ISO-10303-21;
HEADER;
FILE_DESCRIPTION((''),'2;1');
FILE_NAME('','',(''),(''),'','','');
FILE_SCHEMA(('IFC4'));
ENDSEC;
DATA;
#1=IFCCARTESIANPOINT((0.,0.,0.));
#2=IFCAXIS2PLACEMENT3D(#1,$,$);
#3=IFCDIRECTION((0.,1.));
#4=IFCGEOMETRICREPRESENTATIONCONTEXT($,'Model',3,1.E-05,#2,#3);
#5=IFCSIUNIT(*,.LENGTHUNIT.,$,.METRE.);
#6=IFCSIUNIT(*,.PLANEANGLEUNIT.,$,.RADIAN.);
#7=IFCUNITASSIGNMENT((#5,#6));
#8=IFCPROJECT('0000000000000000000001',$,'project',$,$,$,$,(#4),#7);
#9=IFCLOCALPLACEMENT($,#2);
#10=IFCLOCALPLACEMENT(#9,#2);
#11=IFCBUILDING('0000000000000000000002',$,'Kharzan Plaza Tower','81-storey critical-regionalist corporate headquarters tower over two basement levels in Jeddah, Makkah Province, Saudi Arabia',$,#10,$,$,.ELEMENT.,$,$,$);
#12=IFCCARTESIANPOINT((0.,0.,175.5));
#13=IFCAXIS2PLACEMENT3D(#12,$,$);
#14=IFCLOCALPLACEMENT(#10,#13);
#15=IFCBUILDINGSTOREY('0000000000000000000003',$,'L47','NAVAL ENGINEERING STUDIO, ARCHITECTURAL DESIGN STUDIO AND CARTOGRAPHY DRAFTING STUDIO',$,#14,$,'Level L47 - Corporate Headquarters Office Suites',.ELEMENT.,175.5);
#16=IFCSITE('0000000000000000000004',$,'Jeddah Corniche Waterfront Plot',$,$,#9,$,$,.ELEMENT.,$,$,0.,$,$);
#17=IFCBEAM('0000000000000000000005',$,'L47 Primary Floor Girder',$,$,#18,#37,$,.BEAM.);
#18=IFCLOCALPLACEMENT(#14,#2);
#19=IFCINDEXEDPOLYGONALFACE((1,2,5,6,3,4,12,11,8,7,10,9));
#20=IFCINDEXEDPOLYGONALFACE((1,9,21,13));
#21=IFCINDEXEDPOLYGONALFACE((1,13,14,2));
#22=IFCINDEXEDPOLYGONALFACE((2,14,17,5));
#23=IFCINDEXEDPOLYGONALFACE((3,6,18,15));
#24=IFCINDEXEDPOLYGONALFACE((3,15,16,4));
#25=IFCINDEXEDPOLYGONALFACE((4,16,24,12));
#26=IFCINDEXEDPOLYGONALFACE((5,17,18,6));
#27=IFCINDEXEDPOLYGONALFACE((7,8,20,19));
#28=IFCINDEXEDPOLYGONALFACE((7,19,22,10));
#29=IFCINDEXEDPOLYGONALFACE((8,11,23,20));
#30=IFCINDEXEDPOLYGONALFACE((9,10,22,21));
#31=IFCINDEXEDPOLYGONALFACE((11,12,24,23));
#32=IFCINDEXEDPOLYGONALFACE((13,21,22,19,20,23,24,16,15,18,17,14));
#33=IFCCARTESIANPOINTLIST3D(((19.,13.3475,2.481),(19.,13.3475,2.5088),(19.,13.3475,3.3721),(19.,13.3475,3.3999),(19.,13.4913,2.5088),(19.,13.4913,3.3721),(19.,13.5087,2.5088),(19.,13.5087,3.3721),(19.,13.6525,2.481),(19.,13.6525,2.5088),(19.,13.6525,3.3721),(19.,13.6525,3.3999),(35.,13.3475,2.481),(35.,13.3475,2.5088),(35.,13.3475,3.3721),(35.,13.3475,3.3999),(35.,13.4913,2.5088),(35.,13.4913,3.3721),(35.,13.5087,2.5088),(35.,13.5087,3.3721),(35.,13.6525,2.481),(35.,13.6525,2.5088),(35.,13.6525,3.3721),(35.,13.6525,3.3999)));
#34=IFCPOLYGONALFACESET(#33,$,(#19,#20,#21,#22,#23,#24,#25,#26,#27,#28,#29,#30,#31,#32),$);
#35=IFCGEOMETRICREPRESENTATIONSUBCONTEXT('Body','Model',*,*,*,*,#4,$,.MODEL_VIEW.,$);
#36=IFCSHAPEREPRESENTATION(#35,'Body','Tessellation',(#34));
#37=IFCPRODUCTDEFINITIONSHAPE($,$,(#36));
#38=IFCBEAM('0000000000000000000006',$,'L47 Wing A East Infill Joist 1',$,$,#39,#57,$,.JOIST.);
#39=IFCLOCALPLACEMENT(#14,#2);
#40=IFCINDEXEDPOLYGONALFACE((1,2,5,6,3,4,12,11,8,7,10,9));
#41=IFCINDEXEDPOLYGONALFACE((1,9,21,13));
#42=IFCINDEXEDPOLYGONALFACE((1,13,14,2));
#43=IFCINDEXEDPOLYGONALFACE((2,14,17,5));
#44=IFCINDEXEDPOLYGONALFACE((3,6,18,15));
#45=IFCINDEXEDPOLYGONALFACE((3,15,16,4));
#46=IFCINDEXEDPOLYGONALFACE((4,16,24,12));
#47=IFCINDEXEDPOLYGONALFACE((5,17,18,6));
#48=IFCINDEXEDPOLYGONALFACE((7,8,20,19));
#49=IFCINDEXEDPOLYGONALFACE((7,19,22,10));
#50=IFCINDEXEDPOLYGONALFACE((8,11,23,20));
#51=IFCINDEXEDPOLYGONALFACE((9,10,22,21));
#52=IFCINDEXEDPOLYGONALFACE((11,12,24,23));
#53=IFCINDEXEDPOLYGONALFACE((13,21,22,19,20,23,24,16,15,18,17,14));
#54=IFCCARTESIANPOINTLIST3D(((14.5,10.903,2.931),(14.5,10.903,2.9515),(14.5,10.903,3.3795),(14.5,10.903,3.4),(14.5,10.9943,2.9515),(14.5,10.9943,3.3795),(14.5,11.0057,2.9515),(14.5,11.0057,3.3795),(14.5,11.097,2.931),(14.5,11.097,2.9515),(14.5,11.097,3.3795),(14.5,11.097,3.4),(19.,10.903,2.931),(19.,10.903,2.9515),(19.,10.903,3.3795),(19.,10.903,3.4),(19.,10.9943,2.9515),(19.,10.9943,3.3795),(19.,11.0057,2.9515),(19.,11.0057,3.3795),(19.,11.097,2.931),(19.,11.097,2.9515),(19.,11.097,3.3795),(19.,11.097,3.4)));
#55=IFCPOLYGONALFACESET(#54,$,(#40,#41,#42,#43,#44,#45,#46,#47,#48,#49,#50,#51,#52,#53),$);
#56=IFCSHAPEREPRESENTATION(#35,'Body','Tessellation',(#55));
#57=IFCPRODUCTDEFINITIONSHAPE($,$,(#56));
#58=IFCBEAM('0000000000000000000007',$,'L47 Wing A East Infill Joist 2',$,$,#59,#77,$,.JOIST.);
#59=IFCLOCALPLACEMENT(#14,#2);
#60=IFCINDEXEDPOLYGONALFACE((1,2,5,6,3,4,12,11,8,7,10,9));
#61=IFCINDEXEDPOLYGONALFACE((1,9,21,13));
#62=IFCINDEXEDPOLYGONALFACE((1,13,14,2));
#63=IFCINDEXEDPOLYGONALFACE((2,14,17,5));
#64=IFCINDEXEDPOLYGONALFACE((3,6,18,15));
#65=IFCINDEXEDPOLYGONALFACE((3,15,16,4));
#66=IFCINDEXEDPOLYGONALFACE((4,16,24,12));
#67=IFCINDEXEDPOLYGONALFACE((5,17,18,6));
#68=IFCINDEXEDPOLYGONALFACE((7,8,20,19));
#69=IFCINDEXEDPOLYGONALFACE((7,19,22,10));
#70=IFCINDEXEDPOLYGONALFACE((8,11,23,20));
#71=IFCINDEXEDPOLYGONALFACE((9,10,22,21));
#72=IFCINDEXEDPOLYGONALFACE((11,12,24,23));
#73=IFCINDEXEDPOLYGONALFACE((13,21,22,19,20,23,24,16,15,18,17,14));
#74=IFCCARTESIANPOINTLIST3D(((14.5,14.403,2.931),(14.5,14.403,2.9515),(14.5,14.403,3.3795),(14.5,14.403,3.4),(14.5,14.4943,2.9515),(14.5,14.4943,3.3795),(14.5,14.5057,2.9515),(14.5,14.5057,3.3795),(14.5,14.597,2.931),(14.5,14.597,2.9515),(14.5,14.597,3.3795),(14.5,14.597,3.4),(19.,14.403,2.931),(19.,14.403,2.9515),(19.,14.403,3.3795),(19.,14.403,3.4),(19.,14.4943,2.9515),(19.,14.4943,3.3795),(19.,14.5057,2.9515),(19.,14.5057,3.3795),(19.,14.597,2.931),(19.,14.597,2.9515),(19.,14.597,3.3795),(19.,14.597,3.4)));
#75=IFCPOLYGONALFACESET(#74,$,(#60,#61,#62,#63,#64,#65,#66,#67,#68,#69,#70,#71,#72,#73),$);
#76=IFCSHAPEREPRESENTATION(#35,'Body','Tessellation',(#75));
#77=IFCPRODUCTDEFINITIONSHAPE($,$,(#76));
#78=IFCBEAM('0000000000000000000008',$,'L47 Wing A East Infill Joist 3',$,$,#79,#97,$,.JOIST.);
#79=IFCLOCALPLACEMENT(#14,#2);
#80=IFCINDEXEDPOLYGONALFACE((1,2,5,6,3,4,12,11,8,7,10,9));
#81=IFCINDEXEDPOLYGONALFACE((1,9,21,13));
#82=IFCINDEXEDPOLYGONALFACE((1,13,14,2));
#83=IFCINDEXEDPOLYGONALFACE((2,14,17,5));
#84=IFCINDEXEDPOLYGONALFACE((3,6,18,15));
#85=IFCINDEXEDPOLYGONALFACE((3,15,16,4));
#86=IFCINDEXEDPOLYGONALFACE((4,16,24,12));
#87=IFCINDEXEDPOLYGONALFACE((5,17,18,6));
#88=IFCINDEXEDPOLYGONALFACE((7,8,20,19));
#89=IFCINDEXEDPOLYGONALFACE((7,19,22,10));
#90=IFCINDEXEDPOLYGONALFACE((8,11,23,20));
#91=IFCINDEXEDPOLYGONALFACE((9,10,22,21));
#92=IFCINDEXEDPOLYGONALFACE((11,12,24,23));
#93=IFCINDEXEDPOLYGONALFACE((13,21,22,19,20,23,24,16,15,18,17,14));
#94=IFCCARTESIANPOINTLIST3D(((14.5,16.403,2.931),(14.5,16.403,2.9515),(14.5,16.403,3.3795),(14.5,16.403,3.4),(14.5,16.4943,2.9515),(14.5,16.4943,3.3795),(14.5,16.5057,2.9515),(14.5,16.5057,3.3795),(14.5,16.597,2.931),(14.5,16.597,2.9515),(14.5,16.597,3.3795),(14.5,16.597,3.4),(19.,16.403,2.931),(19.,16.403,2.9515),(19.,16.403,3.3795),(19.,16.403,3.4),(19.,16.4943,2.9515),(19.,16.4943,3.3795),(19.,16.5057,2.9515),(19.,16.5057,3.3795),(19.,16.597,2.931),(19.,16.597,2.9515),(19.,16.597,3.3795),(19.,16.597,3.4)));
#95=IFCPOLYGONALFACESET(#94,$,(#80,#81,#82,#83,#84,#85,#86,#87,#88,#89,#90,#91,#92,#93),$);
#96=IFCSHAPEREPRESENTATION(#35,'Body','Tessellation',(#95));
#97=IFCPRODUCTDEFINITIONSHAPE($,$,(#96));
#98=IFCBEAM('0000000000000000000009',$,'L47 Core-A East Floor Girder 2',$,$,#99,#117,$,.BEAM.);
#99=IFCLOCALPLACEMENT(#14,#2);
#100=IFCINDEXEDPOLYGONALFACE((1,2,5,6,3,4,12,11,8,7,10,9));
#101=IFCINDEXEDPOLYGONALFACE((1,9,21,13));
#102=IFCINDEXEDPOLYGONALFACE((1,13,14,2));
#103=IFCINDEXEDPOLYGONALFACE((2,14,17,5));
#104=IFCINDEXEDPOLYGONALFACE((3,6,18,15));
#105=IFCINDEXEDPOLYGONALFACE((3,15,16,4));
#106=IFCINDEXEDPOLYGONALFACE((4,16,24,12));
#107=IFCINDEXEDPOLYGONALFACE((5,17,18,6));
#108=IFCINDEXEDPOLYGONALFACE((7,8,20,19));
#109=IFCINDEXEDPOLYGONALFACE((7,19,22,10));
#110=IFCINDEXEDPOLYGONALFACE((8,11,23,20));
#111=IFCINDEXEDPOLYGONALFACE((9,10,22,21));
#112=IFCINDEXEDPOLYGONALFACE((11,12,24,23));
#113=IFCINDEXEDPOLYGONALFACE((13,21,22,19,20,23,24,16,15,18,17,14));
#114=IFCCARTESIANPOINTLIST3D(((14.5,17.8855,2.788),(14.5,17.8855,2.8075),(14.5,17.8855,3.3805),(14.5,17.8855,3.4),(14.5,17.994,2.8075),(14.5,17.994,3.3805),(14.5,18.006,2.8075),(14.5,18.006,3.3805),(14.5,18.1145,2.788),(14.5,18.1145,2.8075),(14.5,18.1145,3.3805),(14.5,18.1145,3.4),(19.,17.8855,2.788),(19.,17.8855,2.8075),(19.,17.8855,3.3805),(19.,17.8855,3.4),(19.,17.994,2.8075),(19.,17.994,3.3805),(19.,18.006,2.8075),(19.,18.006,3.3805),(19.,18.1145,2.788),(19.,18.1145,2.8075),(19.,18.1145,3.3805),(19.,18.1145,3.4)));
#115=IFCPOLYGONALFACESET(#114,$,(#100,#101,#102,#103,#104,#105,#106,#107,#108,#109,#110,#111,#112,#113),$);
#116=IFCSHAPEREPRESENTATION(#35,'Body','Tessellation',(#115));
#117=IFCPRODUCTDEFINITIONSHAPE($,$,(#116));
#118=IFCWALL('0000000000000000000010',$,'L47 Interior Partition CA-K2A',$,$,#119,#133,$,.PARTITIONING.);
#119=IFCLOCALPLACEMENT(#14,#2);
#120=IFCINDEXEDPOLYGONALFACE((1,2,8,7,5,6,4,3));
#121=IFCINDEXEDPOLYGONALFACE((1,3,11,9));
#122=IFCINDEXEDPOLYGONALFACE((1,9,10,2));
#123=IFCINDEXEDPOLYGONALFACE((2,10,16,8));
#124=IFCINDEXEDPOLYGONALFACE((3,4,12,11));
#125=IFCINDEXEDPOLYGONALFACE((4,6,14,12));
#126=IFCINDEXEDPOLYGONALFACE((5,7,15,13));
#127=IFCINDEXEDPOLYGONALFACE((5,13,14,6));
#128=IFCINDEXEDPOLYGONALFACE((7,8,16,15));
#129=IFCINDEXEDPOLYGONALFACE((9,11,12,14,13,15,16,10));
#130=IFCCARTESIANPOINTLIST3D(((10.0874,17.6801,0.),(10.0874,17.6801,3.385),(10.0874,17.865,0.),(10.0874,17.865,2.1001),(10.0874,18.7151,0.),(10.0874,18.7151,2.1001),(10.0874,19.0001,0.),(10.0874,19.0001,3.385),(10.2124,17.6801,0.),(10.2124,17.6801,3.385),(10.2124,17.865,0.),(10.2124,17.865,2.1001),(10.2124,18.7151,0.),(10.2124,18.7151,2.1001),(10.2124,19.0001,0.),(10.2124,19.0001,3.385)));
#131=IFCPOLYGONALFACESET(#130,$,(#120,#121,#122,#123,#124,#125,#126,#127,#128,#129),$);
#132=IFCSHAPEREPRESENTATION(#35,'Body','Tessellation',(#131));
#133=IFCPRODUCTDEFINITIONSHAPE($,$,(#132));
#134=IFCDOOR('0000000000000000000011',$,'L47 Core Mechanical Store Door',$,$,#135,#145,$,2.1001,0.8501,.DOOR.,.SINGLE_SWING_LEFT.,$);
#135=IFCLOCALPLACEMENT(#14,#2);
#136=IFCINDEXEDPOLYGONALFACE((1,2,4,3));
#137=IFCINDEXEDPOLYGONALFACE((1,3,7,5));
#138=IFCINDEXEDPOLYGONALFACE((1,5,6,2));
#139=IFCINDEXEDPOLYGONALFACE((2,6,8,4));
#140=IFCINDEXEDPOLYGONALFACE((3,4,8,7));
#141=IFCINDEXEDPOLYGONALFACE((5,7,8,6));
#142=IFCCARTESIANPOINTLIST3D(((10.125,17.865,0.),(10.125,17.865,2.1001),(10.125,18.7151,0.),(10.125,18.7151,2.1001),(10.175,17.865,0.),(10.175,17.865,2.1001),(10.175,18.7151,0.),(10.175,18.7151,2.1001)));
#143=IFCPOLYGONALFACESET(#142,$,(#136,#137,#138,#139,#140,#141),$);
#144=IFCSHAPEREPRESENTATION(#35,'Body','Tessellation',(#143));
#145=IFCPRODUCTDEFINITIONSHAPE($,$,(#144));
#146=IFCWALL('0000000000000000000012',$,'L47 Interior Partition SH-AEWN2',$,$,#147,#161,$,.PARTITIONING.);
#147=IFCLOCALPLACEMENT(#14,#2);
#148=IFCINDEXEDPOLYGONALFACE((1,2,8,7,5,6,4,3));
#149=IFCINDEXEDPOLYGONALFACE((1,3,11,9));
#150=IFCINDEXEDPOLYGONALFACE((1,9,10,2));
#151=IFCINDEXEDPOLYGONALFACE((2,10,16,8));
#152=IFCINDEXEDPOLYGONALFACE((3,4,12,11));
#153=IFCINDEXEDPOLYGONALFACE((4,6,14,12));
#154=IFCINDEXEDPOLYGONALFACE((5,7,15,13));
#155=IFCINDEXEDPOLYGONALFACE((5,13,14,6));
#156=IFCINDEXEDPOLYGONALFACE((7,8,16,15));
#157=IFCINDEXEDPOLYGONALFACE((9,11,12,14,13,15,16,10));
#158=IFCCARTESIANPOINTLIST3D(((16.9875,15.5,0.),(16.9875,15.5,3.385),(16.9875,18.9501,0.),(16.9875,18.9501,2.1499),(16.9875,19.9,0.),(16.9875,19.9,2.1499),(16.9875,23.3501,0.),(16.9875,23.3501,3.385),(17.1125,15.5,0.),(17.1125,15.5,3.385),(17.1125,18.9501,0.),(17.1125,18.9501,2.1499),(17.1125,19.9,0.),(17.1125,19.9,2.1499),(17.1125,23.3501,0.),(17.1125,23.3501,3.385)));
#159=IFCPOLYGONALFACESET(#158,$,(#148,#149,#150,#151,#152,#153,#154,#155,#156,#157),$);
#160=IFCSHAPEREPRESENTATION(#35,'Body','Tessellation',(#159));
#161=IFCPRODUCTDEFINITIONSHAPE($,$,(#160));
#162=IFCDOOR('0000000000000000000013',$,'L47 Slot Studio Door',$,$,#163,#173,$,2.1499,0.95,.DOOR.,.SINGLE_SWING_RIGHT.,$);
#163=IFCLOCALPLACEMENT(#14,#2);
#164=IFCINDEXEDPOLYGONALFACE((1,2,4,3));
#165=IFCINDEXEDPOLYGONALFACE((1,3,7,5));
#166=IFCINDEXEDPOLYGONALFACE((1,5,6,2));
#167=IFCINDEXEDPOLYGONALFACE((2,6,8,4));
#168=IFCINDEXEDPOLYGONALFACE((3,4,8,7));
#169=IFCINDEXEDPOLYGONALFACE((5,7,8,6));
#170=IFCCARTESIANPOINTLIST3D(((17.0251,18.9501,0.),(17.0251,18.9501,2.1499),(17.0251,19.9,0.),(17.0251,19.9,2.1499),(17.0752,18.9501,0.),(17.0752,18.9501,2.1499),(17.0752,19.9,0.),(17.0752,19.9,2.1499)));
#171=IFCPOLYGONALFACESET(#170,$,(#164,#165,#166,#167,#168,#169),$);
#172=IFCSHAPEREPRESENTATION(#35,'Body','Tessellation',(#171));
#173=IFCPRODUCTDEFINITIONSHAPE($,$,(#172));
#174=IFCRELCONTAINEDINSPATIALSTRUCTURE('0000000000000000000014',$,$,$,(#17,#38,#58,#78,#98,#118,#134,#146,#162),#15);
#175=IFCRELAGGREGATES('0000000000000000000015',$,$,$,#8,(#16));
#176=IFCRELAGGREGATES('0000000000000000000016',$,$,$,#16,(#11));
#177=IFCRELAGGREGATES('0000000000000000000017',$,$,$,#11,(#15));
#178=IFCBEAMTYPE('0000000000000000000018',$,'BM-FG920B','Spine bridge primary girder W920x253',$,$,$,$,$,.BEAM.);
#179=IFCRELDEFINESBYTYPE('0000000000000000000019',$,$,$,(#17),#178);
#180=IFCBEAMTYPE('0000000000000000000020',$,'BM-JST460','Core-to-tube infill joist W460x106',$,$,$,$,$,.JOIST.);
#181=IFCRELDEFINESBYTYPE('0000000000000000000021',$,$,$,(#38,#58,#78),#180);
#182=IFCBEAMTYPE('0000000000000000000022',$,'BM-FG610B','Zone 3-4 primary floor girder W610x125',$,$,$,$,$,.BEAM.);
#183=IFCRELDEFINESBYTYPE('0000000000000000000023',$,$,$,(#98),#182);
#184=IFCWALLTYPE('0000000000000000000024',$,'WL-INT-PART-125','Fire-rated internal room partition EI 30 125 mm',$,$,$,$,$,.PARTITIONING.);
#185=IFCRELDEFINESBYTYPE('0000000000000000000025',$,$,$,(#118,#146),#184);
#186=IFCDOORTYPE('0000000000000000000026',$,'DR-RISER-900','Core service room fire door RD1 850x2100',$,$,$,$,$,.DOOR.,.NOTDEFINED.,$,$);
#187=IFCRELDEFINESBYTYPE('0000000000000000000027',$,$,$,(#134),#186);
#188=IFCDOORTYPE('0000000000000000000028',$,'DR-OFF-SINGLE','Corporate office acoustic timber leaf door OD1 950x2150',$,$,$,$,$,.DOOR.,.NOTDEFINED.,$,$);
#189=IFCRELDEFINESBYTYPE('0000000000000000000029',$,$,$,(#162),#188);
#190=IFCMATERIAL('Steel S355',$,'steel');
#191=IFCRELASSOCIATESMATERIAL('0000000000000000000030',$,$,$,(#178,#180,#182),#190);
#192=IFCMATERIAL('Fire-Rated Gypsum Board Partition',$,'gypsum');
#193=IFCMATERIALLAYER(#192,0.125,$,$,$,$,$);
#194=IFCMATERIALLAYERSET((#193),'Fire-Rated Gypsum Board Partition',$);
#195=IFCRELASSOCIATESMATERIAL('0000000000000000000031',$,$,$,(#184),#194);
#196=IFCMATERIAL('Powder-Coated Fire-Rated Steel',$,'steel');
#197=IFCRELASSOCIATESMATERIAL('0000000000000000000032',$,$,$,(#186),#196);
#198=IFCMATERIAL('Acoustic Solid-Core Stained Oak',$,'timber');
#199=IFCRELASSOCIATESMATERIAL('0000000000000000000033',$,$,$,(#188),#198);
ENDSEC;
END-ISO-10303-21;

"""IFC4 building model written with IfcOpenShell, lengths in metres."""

from ifc_helpers import new_model, si_unit, direction, frame, frame_2d, origin, origin_2d, place, context, subcontext, project, spatial, rectangle, i_section, extrude, source, transform, mapped, material, layer, layer_set, material_profile, profile_set, type_object, element, fill, save


model = new_model("IFC4")

# Units and contexts
model_context = context("Model", 3, precision=1e-05, world=origin(), true_north=direction((0.0, 1.0)))
body_context = subcontext(model_context, "Body", "Model", "MODEL_VIEW")
ifc_project = project(units=[si_unit("LENGTHUNIT", "METRE"), si_unit("PLANEANGLEUNIT", "RADIAN")], contexts=[model_context])

# Site, building, storey
site_placement = place(None, origin())
site = spatial("IfcSite", under=ifc_project, at=site_placement, Name="Jeddah Corniche Waterfront Plot", CompositionType="ELEMENT", RefElevation=0.0)
building_placement = place(site_placement, origin())
building = spatial("IfcBuilding", under=site, at=building_placement, Name="Kharzan Plaza Tower", Description="81-storey critical-regionalist corporate headquarters tower over two basement levels in Jeddah, Makkah Province, Saudi Arabia", CompositionType="ELEMENT")
storey_placement = place(building_placement, frame((0.0, 0.0, 175.5)))
storey = spatial("IfcBuildingStorey", under=building, at=storey_placement, Name="L47", Description="NAVAL ENGINEERING STUDIO, ARCHITECTURAL DESIGN STUDIO AND CARTOGRAPHY DRAFTING STUDIO", LongName="Level L47 - Corporate Headquarters Office Suites", CompositionType="ELEMENT", Elevation=175.5)

# Beams
ifc_material_1 = material(Name="Steel S355", Category="steel")
ifc_material_profile_1 = material_profile(ifc_material_1, i_section(OverallWidth=0.3049, OverallDepth=0.9189, WebThickness=0.0173, FlangeThickness=0.0278, at=origin_2d()), Name="W920x253")
ifc_profile_set_1 = profile_set([ifc_material_profile_1], Name="Steel S355")
beam_type_1 = type_object("IfcBeamType", Name="BM-FG920B", Description="Spine bridge primary girder W920x253", PredefinedType="BEAM", material=ifc_profile_set_1)
shared_shape_1 = source(origin(), body_context, "Body", "SweptSolid", [
    extrude(i_section(OverallWidth=0.3049, OverallDepth=0.9189, WebThickness=0.0173, FlangeThickness=0.0278, at=origin_2d()), origin(), (0.0, 0.0, 1.0), 16.0),
])
beam_1_placement = place(storey_placement, frame((19.0, 13.5, 2.9404), z_axis=(1.0, 0.0, 0.0), x_axis=(0.0, 1.0, 0.0)))
element("IfcBeam", 1, at=beam_1_placement, inside=storey, type_object=beam_type_1, Name="L47 Primary Floor Girder", PredefinedType="BEAM", context=body_context, shape_type="MappedRepresentation", body=[
    mapped(shared_shape_1, transform((0.0, 0.0, 0.0), x_axis=(1.0, 0.0, 0.0), y_axis=(0.0, 1.0, 0.0), z_axis=(0.0, 0.0, 1.0))),
])
ifc_material_profile_2 = material_profile(ifc_material_1, i_section(OverallWidth=0.1941, OverallDepth=0.469, WebThickness=0.0115, FlangeThickness=0.0205, at=origin_2d()), Name="W460x106")
ifc_profile_set_2 = profile_set([ifc_material_profile_2], Name="Steel S355")
beam_type_2 = type_object("IfcBeamType", Name="BM-JST460", Description="Core-to-tube infill joist W460x106", PredefinedType="JOIST", material=ifc_profile_set_2)
shared_shape_2 = source(origin(), body_context, "Body", "SweptSolid", [
    extrude(i_section(OverallWidth=0.1941, OverallDepth=0.469, WebThickness=0.0115, FlangeThickness=0.0205, at=origin_2d()), origin(), (0.0, 0.0, 1.0), 4.5),
])
for number, where, z_axis, x_axis, name in (
    (2, (14.5, 11.0, 3.1655), (1.0, 0.0, 0.0), (0.0, 1.0, 0.0), "L47 Wing A East Infill Joist 1"),
    (3, (14.5, 14.5, 3.1655), (1.0, 0.0, 0.0), (0.0, 1.0, 0.0), "L47 Wing A East Infill Joist 2"),
    (4, (14.5, 16.5, 3.1655), (1.0, 0.0, 0.0), (0.0, 1.0, 0.0), "L47 Wing A East Infill Joist 3"),
):
    element("IfcBeam", number, at=place(storey_placement, frame(where, z_axis=z_axis, x_axis=x_axis)), inside=storey, type_object=beam_type_2, Name=name, PredefinedType="JOIST", context=body_context, shape_type="MappedRepresentation", body=[
        mapped(shared_shape_2, transform((0.0, 0.0, 0.0), x_axis=(1.0, 0.0, 0.0), y_axis=(0.0, 1.0, 0.0), z_axis=(0.0, 0.0, 1.0))),
    ])
ifc_material_profile_3 = material_profile(ifc_material_1, i_section(OverallWidth=0.229, OverallDepth=0.6121, WebThickness=0.012, FlangeThickness=0.0195, at=origin_2d()), Name="W610x125")
ifc_profile_set_3 = profile_set([ifc_material_profile_3], Name="Steel S355")
beam_type_3 = type_object("IfcBeamType", Name="BM-FG610B", Description="Zone 3-4 primary floor girder W610x125", PredefinedType="BEAM", material=ifc_profile_set_3)
shared_shape_3 = source(origin(), body_context, "Body", "SweptSolid", [
    extrude(i_section(OverallWidth=0.229, OverallDepth=0.6121, WebThickness=0.012, FlangeThickness=0.0195, at=origin_2d()), origin(), (0.0, 0.0, 1.0), 4.5),
])
beam_2_placement = place(storey_placement, frame((14.5, 18.0, 3.094), z_axis=(1.0, 0.0, 0.0), x_axis=(0.0, 1.0, 0.0)))
element("IfcBeam", 5, at=beam_2_placement, inside=storey, type_object=beam_type_3, Name="L47 Core-A East Floor Girder 2", PredefinedType="BEAM", context=body_context, shape_type="MappedRepresentation", body=[
    mapped(shared_shape_3, transform((0.0, 0.0, 0.0), x_axis=(1.0, 0.0, 0.0), y_axis=(0.0, 1.0, 0.0), z_axis=(0.0, 0.0, 1.0))),
])

# Walls, openings, doors
ifc_material_2 = material(Name="Fire-Rated Gypsum Board Partition", Category="gypsum")
ifc_layer_1 = layer(ifc_material_2, 0.125)
ifc_layer_set_1 = layer_set([ifc_layer_1], Name="Fire-Rated Gypsum Board Partition")
wall_type_1 = type_object("IfcWallType", Name="WL-INT-PART-125", Description="Fire-rated internal room partition EI 30 125 mm", PredefinedType="PARTITIONING", material=ifc_layer_set_1)
wall_1_placement = place(storey_placement, frame((10.1499, 17.6799, 0.0), z_axis=(0.0, 0.0, 1.0), x_axis=(0.0, 1.0, 0.0)))
wall_1 = element("IfcWall", 6, at=wall_1_placement, inside=storey, type_object=wall_type_1, Name="L47 Interior Partition CA-K2A", PredefinedType="PARTITIONING", context=body_context, shape_type="SweptSolid", body=[
    extrude(rectangle(XDim=1.3201, YDim=0.125, at=frame_2d((0.6602, 0.0))), origin(), (0.0, 0.0, 1.0), 3.385),
])
opening_1_placement = place(wall_1_placement, frame((0.1851, 0.0, 0.0)))
opening_1 = element("IfcOpeningElement", 7, at=opening_1_placement, cuts=wall_1, PredefinedType="OPENING", context=body_context, shape_type="SweptSolid", body=[
    extrude(rectangle(XDim=0.8501, YDim=2.1001, at=frame_2d((0.425, 1.05))), frame((0.0, 0.0725, 0.0), z_axis=(0.0, -1.0, 0.0), x_axis=(1.0, 0.0, 0.0)), (0.0, 0.0, 1.0), 0.145),
])
ifc_material_3 = material(Name="Powder-Coated Fire-Rated Steel", Category="steel")
door_type_1 = type_object("IfcDoorType", Name="DR-RISER-900", Description="Core service room fire door RD1 850x2100", OperationType="NOTDEFINED", PredefinedType="DOOR", material=ifc_material_3)
shared_shape_4 = source(origin(), body_context, "Body", "SweptSolid", [
    extrude(rectangle(XDim=0.8501, YDim=2.1001, at=frame_2d((0.425, 1.05))), frame((0.0, 0.0249, 0.0), z_axis=(0.0, -1.0, 0.0), x_axis=(1.0, 0.0, 0.0)), (0.0, 0.0, 1.0), 0.05),
])
door_1_placement = place(opening_1_placement, origin())
door_1 = element("IfcDoor", 8, at=door_1_placement, inside=storey, type_object=door_type_1, Name="L47 Core Mechanical Store Door", OperationType="SINGLE_SWING_LEFT", OverallHeight=2.1001, OverallWidth=0.8501, PredefinedType="DOOR", context=body_context, shape_type="MappedRepresentation", body=[
    mapped(shared_shape_4, transform((0.0, 0.0, 0.0), x_axis=(1.0, 0.0, 0.0), y_axis=(0.0, 1.0, 0.0), z_axis=(0.0, 0.0, 1.0))),
])
fill(opening_1, door_1)
ifc_material_4 = material(Name="Acoustic Solid-Core Stained Oak", Category="timber")
door_type_2 = type_object("IfcDoorType", Name="DR-OFF-SINGLE", Description="Corporate office acoustic timber leaf door OD1 950x2150", OperationType="NOTDEFINED", PredefinedType="DOOR", material=ifc_material_4)
shared_shape_5 = source(origin(), body_context, "Body", "SweptSolid", [
    extrude(rectangle(XDim=0.95, YDim=2.1499, at=frame_2d((0.4751, 1.075))), frame((0.0, 0.0249, 0.0), z_axis=(0.0, -1.0, 0.0), x_axis=(1.0, 0.0, 0.0)), (0.0, 0.0, 1.0), 0.05),
])
wall_2_placement = place(storey_placement, frame((17.05, 15.5, 0.0), z_axis=(0.0, 0.0, 1.0), x_axis=(0.0, 1.0, 0.0)))
wall_2 = element("IfcWall", 9, at=wall_2_placement, inside=storey, type_object=wall_type_1, Name="L47 Interior Partition SH-AEWN2", PredefinedType="PARTITIONING", context=body_context, shape_type="SweptSolid", body=[
    extrude(rectangle(XDim=7.8501, YDim=0.125, at=frame_2d((3.925, 0.0))), origin(), (0.0, 0.0, 1.0), 3.385),
])
opening_2_placement = place(wall_2_placement, frame((3.45, 0.0, 0.0)))
opening_2 = element("IfcOpeningElement", 10, at=opening_2_placement, cuts=wall_2, PredefinedType="OPENING", context=body_context, shape_type="SweptSolid", body=[
    extrude(rectangle(XDim=0.95, YDim=2.1499, at=frame_2d((0.4751, 1.075))), frame((0.0, 0.0725, 0.0), z_axis=(0.0, -1.0, 0.0), x_axis=(1.0, 0.0, 0.0)), (0.0, 0.0, 1.0), 0.145),
])
door_2_placement = place(opening_2_placement, origin())
door_2 = element("IfcDoor", 11, at=door_2_placement, inside=storey, type_object=door_type_2, Name="L47 Slot Studio Door", OperationType="SINGLE_SWING_RIGHT", OverallHeight=2.1499, OverallWidth=0.95, PredefinedType="DOOR", context=body_context, shape_type="MappedRepresentation", body=[
    mapped(shared_shape_5, transform((0.0, 0.0, 0.0), x_axis=(1.0, 0.0, 0.0), y_axis=(0.0, 1.0, 0.0), z_axis=(0.0, 0.0, 1.0))),
])
fill(opening_2, door_2)

save(model, "model.ifc")
